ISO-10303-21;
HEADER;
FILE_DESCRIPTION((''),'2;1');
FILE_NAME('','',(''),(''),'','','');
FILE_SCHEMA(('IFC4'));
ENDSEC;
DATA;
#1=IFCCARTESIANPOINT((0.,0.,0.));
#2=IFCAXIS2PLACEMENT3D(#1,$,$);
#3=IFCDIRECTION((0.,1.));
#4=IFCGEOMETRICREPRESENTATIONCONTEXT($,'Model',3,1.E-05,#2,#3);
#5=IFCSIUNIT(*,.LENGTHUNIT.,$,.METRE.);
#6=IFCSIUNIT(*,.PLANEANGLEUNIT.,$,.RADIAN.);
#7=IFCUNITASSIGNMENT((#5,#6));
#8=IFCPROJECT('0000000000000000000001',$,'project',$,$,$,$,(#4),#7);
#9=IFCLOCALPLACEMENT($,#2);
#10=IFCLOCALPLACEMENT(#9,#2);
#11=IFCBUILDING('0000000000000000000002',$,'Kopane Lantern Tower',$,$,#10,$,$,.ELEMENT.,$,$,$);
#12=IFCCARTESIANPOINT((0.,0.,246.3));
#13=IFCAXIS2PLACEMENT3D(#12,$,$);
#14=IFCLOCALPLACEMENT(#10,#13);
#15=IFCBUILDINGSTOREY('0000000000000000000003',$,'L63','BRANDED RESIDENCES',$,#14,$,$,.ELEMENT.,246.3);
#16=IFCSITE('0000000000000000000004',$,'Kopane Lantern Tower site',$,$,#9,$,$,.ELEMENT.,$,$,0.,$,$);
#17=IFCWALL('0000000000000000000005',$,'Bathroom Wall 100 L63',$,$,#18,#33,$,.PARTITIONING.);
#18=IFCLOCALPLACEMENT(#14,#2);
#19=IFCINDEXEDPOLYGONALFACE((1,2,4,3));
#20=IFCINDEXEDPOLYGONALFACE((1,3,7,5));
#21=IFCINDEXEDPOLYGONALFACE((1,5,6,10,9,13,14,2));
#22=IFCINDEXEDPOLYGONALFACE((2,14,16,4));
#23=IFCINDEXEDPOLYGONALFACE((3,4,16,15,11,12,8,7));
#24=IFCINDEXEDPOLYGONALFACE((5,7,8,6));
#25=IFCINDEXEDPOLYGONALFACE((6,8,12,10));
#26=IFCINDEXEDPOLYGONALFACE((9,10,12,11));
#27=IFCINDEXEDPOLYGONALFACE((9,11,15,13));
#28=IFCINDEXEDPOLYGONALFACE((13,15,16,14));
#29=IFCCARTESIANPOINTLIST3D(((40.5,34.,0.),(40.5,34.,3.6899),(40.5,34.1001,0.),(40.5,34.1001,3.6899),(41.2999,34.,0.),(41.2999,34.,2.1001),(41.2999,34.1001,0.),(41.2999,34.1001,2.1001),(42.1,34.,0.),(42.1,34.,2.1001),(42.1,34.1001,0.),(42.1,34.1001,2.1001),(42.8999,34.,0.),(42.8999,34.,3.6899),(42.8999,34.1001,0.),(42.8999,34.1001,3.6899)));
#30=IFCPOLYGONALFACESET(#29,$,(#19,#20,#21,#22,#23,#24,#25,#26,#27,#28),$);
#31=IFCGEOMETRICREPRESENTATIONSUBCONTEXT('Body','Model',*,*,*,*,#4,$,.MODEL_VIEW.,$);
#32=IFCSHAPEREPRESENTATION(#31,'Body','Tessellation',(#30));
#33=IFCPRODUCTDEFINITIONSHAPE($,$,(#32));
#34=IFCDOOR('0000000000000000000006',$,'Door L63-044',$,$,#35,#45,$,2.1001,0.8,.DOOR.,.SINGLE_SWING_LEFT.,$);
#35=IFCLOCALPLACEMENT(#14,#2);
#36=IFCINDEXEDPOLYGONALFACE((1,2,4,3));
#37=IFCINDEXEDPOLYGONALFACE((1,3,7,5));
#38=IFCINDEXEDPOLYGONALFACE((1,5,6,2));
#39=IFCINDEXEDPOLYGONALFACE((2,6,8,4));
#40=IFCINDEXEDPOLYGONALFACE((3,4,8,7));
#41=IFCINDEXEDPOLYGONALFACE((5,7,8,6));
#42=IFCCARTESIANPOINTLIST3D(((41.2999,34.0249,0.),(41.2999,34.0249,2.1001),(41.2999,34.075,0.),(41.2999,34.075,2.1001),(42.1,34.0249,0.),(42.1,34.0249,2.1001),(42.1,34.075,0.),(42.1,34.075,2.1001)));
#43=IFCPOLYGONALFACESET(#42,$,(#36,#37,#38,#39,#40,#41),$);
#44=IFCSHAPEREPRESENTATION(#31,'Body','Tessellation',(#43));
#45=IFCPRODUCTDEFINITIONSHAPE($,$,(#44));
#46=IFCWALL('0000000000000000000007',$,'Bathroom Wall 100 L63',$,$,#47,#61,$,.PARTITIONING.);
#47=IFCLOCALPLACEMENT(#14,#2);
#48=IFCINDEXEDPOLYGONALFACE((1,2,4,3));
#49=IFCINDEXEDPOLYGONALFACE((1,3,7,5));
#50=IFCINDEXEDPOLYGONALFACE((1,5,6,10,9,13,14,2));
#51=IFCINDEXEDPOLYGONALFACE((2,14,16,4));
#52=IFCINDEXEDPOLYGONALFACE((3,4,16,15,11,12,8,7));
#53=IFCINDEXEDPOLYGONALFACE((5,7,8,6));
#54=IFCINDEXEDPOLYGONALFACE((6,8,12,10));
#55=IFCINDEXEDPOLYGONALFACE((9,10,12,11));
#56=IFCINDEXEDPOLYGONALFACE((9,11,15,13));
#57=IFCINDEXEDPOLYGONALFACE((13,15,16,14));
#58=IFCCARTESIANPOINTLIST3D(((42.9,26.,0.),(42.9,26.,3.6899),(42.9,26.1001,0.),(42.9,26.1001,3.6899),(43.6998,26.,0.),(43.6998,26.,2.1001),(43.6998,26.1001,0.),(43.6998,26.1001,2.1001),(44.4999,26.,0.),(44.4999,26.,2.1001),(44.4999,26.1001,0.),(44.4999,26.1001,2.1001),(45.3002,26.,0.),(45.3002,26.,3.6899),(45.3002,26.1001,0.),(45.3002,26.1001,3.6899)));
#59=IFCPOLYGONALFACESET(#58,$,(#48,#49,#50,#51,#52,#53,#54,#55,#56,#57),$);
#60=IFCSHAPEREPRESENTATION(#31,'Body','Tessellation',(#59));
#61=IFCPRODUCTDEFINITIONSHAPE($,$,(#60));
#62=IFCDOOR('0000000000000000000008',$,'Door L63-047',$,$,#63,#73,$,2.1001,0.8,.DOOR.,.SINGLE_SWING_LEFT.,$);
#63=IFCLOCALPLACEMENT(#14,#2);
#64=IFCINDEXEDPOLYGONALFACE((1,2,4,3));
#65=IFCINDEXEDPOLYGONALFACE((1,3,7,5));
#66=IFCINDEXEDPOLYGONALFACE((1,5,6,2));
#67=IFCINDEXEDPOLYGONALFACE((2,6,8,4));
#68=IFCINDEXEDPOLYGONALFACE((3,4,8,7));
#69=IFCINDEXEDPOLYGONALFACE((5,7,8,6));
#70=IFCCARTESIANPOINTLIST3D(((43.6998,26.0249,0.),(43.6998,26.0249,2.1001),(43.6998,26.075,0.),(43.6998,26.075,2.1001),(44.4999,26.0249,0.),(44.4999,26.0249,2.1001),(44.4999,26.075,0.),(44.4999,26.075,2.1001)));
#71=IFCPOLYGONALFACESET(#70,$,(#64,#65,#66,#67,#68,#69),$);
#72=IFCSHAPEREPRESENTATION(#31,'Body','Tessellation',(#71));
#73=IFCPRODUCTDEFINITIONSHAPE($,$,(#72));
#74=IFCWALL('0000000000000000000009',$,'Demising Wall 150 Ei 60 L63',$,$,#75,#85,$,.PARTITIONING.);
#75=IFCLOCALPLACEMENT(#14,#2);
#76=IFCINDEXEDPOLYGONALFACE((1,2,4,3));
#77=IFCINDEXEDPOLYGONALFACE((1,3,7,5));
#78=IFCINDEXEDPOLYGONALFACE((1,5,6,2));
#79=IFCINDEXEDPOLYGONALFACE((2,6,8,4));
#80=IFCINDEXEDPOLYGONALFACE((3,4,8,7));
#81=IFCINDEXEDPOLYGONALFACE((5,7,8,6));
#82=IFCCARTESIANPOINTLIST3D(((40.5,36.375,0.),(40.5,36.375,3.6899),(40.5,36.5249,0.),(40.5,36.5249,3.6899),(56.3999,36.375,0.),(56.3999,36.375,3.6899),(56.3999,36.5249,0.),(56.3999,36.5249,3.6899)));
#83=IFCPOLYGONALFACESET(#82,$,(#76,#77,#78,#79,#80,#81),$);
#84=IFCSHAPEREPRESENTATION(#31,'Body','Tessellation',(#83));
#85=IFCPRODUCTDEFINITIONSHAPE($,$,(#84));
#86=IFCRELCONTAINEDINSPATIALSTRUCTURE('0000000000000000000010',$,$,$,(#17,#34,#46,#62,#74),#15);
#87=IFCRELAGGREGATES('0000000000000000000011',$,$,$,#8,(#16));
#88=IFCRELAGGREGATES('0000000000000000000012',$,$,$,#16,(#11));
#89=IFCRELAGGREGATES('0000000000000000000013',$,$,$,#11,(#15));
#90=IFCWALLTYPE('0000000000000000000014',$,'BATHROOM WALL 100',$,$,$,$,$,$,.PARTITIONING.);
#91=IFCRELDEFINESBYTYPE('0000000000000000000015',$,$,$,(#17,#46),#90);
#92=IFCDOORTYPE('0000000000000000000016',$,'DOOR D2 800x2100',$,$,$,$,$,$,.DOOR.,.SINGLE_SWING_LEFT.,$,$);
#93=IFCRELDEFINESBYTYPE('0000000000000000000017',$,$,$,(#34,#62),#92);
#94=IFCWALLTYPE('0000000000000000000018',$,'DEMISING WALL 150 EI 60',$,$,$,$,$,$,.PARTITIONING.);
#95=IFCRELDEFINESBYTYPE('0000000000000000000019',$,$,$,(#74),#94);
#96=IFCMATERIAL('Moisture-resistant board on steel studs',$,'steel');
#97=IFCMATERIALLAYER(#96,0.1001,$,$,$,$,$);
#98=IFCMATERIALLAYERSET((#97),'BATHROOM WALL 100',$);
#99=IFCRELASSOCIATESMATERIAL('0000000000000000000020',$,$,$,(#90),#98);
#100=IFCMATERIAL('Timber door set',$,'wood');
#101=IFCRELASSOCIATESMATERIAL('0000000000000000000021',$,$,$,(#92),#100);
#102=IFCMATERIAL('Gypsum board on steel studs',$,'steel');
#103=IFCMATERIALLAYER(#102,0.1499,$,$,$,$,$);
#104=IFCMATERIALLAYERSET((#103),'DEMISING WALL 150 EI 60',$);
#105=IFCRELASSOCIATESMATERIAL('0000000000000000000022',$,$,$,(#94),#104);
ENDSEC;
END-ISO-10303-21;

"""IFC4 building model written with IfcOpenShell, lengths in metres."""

from ifc_helpers import new_model, si_unit, direction, frame, frame_2d, origin, place, context, subcontext, project, spatial, rectangle, extrude, material, layer, layer_set, type_object, element, fill, save


model = new_model("IFC4")

# Units and contexts
model_context = context("Model", 3, precision=1e-05, world=origin(), true_north=direction((0.0, 1.0)))
body_context = subcontext(model_context, "Body", "Model", "MODEL_VIEW")
ifc_project = project(units=[si_unit("LENGTHUNIT", "METRE"), si_unit("PLANEANGLEUNIT", "RADIAN")], contexts=[model_context])

# Site, building, storey
site_placement = place(None, origin())
site = spatial("IfcSite", under=ifc_project, at=site_placement, Name="Kopane Lantern Tower site", CompositionType="ELEMENT", RefElevation=0.0)
building_placement = place(site_placement, origin())
building = spatial("IfcBuilding", under=site, at=building_placement, Name="Kopane Lantern Tower", CompositionType="ELEMENT")
storey_placement = place(building_placement, frame((0.0, 0.0, 246.3)))
storey = spatial("IfcBuildingStorey", under=building, at=storey_placement, Name="L63", Description="BRANDED RESIDENCES", CompositionType="ELEMENT", Elevation=246.3)

# Walls, openings, doors
ifc_material_1 = material(Name="Moisture-resistant board on steel studs", Category="steel")
ifc_layer_1 = layer(ifc_material_1, 0.1001)
ifc_layer_set_1 = layer_set([ifc_layer_1], Name="BATHROOM WALL 100")
wall_type_1 = type_object("IfcWallType", Name="BATHROOM WALL 100", PredefinedType="PARTITIONING", material=ifc_layer_set_1)
wall_1_placement = place(storey_placement, frame((40.5, 34.05, 0.0), z_axis=(0.0, 0.0, 1.0), x_axis=(1.0, 0.0, 0.0)))
wall_1 = element("IfcWall", 1, at=wall_1_placement, inside=storey, type_object=wall_type_1, Name="Bathroom Wall 100 L63", PredefinedType="PARTITIONING", context=body_context, shape_type="SweptSolid", body=[
    extrude(rectangle(XDim=2.3999, YDim=0.1001, at=frame_2d((1.2, 0.0))), origin(), (0.0, 0.0, 1.0), 3.6899),
])
opening_1_placement = place(wall_1_placement, frame((0.8, 0.0, 0.0)))
opening_1 = element("IfcOpeningElement", 2, at=opening_1_placement, cuts=wall_1, PredefinedType="OPENING", context=body_context, shape_type="SweptSolid", body=[
    extrude(rectangle(XDim=0.8, YDim=2.1001, at=frame_2d((0.3999, 1.05))), frame((0.0, 0.0601, 0.0), z_axis=(0.0, -1.0, 0.0), x_axis=(1.0, 0.0, 0.0)), (0.0, 0.0, 1.0), 0.1201),
])
ifc_material_2 = material(Name="Timber door set", Category="wood")
door_type = type_object("IfcDoorType", Name="DOOR D2 800x2100", OperationType="SINGLE_SWING_LEFT", PredefinedType="DOOR", material=ifc_material_2)
door_1_placement = place(opening_1_placement, origin())
door_1 = element("IfcDoor", 3, at=door_1_placement, inside=storey, type_object=door_type, Name="Door L63-044", OperationType="SINGLE_SWING_LEFT", OverallHeight=2.1001, OverallWidth=0.8, PredefinedType="DOOR", context=body_context, shape_type="SweptSolid", body=[
    extrude(rectangle(XDim=0.8, YDim=2.1001, at=frame_2d((0.3999, 1.05))), frame((0.0, 0.0249, 0.0), z_axis=(0.0, -1.0, 0.0), x_axis=(1.0, 0.0, 0.0)), (0.0, 0.0, 1.0), 0.05),
])
fill(opening_1, door_1)
wall_2_placement = place(storey_placement, frame((42.8999, 26.05, 0.0), z_axis=(0.0, 0.0, 1.0), x_axis=(1.0, 0.0, 0.0)))
wall_2 = element("IfcWall", 4, at=wall_2_placement, inside=storey, type_object=wall_type_1, Name="Bathroom Wall 100 L63", PredefinedType="PARTITIONING", context=body_context, shape_type="SweptSolid", body=[
    extrude(rectangle(XDim=2.4001, YDim=0.1001, at=frame_2d((1.2002, 0.0))), origin(), (0.0, 0.0, 1.0), 3.6899),
])
opening_2_placement = place(wall_2_placement, frame((0.8, 0.0, 0.0)))
opening_2 = element("IfcOpeningElement", 5, at=opening_2_placement, cuts=wall_2, PredefinedType="OPENING", context=body_context, shape_type="SweptSolid", body=[
    extrude(rectangle(XDim=0.8, YDim=2.1001, at=frame_2d((0.3999, 1.05))), frame((0.0, 0.0601, 0.0), z_axis=(0.0, -1.0, 0.0), x_axis=(1.0, 0.0, 0.0)), (0.0, 0.0, 1.0), 0.1201),
])
door_2_placement = place(opening_2_placement, origin())
door_2 = element("IfcDoor", 6, at=door_2_placement, inside=storey, type_object=door_type, Name="Door L63-047", OperationType="SINGLE_SWING_LEFT", OverallHeight=2.1001, OverallWidth=0.8, PredefinedType="DOOR", context=body_context, shape_type="SweptSolid", body=[
    extrude(rectangle(XDim=0.8, YDim=2.1001, at=frame_2d((0.3999, 1.05))), frame((0.0, 0.0249, 0.0), z_axis=(0.0, -1.0, 0.0), x_axis=(1.0, 0.0, 0.0)), (0.0, 0.0, 1.0), 0.05),
])
fill(opening_2, door_2)

# Wall
ifc_material_3 = material(Name="Gypsum board on steel studs", Category="steel")
ifc_layer_2 = layer(ifc_material_3, 0.1499)
ifc_layer_set_2 = layer_set([ifc_layer_2], Name="DEMISING WALL 150 EI 60")
wall_type_2 = type_object("IfcWallType", Name="DEMISING WALL 150 EI 60", PredefinedType="PARTITIONING", material=ifc_layer_set_2)
wall_3_placement = place(storey_placement, frame((40.5, 36.45, 0.0), z_axis=(0.0, 0.0, 1.0), x_axis=(1.0, 0.0, 0.0)))
element("IfcWall", 7, at=wall_3_placement, inside=storey, type_object=wall_type_2, Name="Demising Wall 150 Ei 60 L63", PredefinedType="PARTITIONING", context=body_context, shape_type="SweptSolid", body=[
    extrude(rectangle(XDim=15.8999, YDim=0.1499, at=frame_2d((7.95, 0.0))), origin(), (0.0, 0.0, 1.0), 3.6899),
])

save(model, "model.ifc")
